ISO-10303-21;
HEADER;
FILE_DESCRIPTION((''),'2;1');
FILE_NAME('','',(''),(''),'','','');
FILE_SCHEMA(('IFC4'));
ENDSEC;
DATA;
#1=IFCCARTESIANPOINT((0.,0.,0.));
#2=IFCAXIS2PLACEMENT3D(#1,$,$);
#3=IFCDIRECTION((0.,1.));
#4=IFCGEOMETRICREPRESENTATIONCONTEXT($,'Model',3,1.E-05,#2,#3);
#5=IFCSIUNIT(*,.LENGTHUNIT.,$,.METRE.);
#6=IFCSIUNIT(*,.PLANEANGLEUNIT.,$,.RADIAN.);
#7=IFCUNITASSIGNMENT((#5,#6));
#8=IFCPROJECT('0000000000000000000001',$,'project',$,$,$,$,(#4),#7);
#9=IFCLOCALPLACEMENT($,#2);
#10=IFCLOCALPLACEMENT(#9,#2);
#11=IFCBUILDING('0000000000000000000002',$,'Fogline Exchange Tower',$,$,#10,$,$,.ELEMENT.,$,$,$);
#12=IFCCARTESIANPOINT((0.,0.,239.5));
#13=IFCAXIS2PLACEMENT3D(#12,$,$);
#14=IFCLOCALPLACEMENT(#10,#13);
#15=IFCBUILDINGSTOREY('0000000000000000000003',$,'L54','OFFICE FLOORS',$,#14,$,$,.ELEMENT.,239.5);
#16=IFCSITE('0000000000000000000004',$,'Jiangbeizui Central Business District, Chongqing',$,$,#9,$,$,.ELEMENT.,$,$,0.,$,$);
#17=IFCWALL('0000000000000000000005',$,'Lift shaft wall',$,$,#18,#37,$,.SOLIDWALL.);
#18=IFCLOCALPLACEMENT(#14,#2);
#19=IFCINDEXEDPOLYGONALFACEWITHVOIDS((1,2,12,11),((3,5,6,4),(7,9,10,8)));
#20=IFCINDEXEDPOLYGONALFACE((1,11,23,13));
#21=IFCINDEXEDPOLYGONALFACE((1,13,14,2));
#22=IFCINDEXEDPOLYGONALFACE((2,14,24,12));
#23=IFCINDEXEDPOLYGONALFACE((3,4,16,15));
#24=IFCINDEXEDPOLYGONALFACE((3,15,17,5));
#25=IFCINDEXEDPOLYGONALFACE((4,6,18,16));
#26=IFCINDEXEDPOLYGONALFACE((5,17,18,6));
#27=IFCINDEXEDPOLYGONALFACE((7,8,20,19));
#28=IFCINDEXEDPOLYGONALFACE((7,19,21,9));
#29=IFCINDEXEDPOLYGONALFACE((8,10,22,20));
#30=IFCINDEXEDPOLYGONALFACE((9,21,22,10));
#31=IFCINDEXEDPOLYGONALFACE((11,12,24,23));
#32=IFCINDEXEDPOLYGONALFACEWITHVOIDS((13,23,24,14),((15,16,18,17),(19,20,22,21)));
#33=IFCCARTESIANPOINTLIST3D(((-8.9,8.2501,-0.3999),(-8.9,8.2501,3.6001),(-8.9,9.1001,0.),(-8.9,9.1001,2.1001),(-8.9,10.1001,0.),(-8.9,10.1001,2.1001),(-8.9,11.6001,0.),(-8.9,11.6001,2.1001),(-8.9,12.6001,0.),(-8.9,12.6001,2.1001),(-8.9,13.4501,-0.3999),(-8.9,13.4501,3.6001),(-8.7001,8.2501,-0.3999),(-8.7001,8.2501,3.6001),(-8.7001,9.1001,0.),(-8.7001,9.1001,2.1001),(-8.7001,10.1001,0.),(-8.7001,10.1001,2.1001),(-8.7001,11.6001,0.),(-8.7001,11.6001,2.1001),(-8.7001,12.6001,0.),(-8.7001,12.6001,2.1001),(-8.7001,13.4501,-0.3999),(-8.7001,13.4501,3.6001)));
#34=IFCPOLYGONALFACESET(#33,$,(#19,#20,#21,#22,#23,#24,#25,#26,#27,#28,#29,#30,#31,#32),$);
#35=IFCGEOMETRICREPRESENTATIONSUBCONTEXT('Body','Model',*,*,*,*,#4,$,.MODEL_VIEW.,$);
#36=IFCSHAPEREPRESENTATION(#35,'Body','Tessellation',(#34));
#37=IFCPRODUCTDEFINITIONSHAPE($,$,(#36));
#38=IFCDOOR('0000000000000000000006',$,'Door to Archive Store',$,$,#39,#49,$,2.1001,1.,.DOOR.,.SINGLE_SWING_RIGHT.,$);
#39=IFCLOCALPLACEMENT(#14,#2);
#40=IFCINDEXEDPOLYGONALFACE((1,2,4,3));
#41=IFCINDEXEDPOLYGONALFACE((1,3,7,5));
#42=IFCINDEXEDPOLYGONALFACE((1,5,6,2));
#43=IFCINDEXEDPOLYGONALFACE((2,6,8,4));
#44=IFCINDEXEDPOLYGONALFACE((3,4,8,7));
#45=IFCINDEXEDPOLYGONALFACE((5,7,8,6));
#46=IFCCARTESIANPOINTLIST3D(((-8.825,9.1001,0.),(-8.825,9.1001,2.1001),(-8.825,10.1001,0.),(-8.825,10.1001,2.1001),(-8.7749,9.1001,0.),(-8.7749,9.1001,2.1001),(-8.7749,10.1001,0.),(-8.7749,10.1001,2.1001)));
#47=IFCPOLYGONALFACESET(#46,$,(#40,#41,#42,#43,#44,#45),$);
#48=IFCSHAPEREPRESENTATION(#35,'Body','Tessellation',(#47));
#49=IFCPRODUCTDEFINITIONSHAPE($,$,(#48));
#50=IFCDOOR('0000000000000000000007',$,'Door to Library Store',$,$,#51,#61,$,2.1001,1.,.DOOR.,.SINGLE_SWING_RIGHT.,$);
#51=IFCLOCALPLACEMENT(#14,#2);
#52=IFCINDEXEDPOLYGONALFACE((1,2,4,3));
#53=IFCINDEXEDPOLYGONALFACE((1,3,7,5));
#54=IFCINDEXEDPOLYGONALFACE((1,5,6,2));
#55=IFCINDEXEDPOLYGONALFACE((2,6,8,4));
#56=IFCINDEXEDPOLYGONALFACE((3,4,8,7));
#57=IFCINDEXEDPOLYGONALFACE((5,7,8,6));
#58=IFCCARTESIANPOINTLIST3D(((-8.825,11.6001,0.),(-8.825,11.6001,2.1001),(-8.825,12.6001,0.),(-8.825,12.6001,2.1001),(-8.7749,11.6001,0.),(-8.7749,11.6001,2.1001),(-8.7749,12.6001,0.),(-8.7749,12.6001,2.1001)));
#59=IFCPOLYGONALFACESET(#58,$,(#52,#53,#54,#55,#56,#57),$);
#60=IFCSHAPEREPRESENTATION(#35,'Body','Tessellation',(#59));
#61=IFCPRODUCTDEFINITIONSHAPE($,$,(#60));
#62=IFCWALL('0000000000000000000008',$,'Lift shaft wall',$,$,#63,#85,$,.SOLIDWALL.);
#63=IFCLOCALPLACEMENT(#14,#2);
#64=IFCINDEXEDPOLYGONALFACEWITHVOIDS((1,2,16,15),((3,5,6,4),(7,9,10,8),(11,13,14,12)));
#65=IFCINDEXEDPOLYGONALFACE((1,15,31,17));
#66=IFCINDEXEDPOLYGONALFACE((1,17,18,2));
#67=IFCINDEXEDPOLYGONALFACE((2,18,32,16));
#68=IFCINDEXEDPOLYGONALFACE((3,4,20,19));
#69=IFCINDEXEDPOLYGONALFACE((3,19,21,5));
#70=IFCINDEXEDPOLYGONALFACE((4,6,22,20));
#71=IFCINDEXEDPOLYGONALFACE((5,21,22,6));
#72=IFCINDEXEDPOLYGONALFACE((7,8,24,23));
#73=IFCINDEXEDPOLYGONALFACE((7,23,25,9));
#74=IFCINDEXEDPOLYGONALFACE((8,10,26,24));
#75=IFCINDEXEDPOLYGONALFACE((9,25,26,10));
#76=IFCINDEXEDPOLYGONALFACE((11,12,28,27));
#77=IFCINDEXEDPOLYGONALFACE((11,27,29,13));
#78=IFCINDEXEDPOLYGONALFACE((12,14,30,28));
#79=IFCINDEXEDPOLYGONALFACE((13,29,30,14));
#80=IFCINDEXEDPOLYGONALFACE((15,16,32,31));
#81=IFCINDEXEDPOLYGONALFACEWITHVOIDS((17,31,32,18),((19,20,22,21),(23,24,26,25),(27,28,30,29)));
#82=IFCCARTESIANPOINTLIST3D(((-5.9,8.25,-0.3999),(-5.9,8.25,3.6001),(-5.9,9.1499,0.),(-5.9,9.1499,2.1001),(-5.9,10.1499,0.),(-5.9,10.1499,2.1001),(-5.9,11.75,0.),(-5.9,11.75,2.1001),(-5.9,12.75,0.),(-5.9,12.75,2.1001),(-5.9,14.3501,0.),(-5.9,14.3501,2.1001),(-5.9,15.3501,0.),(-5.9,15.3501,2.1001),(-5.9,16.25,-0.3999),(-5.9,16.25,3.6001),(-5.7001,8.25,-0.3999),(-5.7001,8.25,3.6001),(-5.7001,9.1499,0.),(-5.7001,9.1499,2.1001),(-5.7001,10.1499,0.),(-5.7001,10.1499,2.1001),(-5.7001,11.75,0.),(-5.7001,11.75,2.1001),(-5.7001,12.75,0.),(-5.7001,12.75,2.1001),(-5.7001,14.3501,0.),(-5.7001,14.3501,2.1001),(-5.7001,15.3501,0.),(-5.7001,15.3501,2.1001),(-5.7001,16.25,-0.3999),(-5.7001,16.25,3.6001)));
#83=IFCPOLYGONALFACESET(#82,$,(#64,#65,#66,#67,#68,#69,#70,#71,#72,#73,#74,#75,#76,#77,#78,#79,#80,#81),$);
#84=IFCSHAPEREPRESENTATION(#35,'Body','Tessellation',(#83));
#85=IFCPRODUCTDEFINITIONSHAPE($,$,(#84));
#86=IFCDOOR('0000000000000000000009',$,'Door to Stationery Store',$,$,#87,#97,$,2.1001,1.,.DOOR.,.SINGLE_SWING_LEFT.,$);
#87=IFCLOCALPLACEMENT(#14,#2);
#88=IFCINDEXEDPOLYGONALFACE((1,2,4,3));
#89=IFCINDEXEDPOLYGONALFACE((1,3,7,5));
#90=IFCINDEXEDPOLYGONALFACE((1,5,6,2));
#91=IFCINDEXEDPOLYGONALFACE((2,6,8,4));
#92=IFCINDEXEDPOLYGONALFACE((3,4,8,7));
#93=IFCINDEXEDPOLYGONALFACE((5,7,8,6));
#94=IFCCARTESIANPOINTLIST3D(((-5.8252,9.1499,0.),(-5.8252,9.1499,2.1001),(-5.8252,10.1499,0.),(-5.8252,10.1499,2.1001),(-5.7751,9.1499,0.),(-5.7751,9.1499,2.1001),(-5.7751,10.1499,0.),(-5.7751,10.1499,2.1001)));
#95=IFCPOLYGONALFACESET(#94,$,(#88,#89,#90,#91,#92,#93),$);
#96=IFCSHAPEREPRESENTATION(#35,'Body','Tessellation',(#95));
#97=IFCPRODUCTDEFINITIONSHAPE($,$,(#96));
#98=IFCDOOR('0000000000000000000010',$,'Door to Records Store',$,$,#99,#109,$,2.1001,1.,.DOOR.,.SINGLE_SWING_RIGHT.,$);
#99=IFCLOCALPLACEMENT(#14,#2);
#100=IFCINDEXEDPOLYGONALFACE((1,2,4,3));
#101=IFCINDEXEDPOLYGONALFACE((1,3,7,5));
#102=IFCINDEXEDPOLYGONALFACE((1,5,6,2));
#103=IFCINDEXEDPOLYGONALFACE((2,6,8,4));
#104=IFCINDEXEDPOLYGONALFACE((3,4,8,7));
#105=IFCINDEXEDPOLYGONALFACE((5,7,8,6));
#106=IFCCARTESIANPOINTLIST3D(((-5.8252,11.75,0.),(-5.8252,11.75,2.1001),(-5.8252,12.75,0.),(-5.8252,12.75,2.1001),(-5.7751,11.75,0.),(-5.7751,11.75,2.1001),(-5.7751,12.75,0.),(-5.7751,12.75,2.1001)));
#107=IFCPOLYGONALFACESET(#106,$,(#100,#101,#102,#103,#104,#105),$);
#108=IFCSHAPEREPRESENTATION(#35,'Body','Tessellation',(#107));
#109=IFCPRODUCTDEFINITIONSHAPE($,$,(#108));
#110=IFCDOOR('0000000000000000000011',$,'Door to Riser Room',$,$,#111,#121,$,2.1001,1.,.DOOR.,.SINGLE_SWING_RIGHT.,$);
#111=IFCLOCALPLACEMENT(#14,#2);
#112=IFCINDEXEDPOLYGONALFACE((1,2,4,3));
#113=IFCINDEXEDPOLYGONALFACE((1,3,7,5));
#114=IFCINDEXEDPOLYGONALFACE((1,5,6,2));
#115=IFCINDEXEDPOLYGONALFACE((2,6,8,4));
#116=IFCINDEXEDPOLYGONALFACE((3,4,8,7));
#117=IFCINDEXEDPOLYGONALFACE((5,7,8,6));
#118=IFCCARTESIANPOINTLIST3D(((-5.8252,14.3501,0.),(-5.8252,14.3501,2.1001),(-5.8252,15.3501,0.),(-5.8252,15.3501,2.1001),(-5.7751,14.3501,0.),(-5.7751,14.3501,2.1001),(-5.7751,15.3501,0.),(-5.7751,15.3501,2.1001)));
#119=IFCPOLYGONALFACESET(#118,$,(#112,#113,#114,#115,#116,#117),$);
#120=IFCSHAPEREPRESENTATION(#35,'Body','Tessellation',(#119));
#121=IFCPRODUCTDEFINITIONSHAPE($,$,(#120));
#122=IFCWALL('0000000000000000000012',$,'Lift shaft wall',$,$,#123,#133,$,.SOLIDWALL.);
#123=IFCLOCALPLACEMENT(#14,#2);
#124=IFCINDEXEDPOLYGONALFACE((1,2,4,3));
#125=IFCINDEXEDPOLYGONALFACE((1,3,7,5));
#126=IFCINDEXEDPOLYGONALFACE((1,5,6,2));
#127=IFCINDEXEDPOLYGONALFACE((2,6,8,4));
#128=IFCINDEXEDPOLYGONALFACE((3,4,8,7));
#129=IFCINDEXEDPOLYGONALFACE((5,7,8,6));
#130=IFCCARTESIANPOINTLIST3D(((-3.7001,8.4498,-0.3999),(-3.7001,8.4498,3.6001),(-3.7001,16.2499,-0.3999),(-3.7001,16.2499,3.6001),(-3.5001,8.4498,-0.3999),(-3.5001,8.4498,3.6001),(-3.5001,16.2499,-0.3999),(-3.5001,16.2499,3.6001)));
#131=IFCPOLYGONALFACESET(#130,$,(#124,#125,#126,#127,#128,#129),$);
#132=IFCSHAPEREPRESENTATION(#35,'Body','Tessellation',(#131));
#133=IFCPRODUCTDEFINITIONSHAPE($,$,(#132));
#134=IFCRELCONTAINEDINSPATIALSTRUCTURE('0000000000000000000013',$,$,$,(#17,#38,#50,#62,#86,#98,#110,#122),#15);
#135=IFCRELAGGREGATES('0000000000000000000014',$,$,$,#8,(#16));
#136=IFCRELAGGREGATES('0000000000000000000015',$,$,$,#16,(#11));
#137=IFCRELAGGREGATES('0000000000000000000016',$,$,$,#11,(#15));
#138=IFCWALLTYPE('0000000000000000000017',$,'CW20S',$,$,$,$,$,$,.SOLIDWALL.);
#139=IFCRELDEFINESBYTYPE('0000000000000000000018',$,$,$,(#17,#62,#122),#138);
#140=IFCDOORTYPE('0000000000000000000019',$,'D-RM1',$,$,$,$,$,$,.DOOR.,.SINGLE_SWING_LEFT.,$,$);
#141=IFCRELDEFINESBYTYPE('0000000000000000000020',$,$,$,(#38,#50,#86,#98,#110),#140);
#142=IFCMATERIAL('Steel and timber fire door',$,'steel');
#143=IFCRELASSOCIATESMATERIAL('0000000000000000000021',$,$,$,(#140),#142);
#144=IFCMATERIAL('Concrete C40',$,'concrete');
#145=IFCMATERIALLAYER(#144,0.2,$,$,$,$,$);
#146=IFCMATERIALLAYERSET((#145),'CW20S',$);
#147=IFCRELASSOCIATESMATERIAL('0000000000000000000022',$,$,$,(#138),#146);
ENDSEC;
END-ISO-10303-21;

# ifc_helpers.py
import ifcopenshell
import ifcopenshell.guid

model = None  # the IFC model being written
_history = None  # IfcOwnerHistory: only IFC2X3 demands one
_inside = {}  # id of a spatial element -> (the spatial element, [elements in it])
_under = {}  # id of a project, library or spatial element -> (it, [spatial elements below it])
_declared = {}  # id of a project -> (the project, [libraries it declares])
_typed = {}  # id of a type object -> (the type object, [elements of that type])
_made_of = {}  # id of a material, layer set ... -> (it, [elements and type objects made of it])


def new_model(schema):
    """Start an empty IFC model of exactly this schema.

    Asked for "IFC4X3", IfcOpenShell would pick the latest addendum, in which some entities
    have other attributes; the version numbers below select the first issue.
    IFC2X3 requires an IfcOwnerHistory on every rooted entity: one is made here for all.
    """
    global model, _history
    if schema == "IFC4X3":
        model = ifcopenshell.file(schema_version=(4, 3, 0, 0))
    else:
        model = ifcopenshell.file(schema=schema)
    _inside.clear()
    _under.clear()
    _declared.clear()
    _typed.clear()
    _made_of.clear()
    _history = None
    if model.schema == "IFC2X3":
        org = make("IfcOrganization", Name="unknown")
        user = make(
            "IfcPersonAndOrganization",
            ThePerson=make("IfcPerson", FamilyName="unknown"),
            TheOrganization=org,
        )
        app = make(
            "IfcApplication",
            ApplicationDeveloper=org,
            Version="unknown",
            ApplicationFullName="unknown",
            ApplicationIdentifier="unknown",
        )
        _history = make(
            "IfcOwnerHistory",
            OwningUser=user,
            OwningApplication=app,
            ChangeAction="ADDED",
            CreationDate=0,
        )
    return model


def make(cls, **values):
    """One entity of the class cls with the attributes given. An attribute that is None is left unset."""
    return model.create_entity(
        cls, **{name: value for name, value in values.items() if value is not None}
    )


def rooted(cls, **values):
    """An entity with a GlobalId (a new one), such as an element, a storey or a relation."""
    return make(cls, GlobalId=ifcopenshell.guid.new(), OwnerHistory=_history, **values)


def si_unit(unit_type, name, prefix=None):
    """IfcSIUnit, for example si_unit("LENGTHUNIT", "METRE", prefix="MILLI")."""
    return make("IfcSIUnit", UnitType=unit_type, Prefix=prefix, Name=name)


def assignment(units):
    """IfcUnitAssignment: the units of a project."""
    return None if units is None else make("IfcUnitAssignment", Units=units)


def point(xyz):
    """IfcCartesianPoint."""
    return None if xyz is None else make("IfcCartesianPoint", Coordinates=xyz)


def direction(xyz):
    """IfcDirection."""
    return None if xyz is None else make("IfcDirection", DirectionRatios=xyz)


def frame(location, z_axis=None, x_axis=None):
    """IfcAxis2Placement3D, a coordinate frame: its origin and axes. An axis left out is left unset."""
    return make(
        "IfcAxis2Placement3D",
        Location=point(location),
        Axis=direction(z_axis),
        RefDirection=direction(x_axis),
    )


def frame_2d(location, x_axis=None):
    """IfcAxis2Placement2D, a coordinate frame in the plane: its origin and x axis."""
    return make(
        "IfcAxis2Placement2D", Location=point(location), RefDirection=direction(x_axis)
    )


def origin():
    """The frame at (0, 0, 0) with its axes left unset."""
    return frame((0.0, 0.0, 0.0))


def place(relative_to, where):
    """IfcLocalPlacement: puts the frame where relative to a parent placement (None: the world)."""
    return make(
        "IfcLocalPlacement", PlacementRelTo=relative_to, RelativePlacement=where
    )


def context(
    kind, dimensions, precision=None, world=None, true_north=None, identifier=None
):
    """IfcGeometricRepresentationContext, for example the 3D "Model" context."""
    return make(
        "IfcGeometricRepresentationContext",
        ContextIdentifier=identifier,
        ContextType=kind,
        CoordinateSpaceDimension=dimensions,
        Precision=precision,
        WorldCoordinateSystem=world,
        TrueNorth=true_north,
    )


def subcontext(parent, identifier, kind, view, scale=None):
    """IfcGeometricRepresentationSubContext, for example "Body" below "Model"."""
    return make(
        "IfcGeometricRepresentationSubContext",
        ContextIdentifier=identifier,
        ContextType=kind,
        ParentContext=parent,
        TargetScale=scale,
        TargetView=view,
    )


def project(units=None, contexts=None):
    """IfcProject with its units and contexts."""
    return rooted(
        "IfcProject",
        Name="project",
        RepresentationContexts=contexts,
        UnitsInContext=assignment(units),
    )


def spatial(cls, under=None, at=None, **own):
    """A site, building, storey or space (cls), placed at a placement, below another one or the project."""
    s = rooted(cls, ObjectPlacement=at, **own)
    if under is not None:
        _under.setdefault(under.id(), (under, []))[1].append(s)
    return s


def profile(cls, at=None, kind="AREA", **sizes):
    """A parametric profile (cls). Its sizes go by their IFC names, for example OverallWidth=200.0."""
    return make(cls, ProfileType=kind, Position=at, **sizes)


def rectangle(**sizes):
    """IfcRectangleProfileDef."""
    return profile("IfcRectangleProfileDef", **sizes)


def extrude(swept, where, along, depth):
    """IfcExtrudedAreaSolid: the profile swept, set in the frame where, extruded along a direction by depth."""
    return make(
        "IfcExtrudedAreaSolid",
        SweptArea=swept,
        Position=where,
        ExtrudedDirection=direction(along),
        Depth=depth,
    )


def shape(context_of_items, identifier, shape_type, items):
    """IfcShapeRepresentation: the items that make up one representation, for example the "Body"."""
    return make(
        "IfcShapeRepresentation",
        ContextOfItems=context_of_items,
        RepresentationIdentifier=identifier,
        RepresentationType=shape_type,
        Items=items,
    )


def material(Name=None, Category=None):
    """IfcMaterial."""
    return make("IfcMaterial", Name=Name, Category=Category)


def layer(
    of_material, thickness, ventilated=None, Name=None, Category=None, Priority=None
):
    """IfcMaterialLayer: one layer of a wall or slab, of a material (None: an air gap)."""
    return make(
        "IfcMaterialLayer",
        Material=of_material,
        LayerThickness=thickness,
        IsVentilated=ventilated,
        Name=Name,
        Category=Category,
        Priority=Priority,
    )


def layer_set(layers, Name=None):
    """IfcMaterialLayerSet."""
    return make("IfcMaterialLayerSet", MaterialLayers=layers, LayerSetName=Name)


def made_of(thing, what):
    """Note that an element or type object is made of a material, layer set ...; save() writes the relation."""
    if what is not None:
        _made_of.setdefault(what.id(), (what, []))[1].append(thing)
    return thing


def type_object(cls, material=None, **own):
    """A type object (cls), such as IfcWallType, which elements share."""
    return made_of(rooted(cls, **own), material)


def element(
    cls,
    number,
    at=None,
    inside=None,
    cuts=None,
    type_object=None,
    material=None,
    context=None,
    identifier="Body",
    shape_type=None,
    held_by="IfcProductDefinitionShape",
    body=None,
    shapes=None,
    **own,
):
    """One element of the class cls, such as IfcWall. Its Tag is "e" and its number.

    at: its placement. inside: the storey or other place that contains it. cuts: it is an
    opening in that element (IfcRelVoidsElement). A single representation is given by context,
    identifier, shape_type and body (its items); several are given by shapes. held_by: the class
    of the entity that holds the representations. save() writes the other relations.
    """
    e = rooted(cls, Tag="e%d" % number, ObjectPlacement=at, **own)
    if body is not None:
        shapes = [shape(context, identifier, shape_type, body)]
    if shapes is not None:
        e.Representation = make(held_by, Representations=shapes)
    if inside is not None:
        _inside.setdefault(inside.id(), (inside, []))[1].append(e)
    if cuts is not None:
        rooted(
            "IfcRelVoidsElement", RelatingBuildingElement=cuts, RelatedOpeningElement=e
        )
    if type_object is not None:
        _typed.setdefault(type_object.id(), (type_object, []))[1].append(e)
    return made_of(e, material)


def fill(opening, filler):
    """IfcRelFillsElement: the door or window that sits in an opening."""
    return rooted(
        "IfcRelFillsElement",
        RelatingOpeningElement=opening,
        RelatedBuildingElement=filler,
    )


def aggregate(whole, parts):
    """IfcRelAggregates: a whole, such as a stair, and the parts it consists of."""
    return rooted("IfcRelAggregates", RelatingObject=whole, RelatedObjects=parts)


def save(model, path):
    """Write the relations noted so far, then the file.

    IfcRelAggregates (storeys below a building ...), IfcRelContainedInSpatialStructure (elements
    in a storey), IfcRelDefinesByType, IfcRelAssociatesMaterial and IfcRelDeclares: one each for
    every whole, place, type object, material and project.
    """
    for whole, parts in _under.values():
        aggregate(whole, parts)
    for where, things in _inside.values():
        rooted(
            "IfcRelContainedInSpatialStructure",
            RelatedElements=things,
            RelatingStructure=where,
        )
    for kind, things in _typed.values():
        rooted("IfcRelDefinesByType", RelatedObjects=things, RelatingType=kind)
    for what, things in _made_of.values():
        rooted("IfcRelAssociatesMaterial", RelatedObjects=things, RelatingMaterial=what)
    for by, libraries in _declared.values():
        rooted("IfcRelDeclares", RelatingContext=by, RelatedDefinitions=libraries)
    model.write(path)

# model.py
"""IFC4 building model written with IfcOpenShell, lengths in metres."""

from ifc_helpers import new_model, si_unit, direction, frame, frame_2d, origin, place, context, subcontext, project, spatial, rectangle, extrude, material, layer, layer_set, type_object, element, fill, save


model = new_model("IFC4")

# Units and contexts
model_context = context("Model", 3, precision=1e-05, world=origin(), true_north=direction((0.0, 1.0)))
body_context = subcontext(model_context, "Body", "Model", "MODEL_VIEW")
ifc_project = project(units=[si_unit("LENGTHUNIT", "METRE"), si_unit("PLANEANGLEUNIT", "RADIAN")], contexts=[model_context])

# Site, building, storey
site_placement = place(None, origin())
site = spatial("IfcSite", under=ifc_project, at=site_placement, Name="Jiangbeizui Central Business District, Chongqing", CompositionType="ELEMENT", RefElevation=0.0)
building_placement = place(site_placement, origin())
building = spatial("IfcBuilding", under=site, at=building_placement, Name="Fogline Exchange Tower", CompositionType="ELEMENT")
storey_placement = place(building_placement, frame((0.0, 0.0, 239.5)))
storey = spatial("IfcBuildingStorey", under=building, at=storey_placement, Name="L54", Description="OFFICE FLOORS", CompositionType="ELEMENT", Elevation=239.5)

# Shared definitions
ifc_material_1 = material(Name="Steel and timber fire door", Category="steel")

# Shared definitions
ifc_material_2 = material(Name="Concrete C40", Category="concrete")

# Shared definitions
door_type_1 = type_object("IfcDoorType", Name="D-RM1", OperationType="SINGLE_SWING_LEFT", PredefinedType="DOOR", material=ifc_material_1)

# Walls, openings, doors
ifc_layer_1 = layer(ifc_material_2, 0.2)
ifc_layer_set_1 = layer_set([ifc_layer_1], Name="CW20S")
wall_type_1 = type_object("IfcWallType", Name="CW20S", PredefinedType="SOLIDWALL", material=ifc_layer_set_1)
wall_1_placement = place(storey_placement, frame((-8.8, 8.25, -0.3999), z_axis=(0.0, 0.0, 1.0), x_axis=(0.0, 1.0, 0.0)))
wall_1 = element("IfcWall", 1, at=wall_1_placement, inside=storey, type_object=wall_type_1, Name="Lift shaft wall", PredefinedType="SOLIDWALL", context=body_context, shape_type="SweptSolid", body=[
    extrude(rectangle(XDim=5.2, YDim=0.2, at=frame_2d((2.6001, 0.0))), origin(), (0.0, 0.0, 1.0), 4.0),
])
opening_1_placement = place(wall_1_placement, frame((0.8501, 0.0, 0.3999)))
opening_1 = element("IfcOpeningElement", 2, at=opening_1_placement, cuts=wall_1, PredefinedType="OPENING", context=body_context, shape_type="SweptSolid", body=[
    extrude(rectangle(XDim=1.0, YDim=2.1001, at=frame_2d((0.5, 1.05))), frame((0.0, 0.1099, 0.0), z_axis=(0.0, -1.0, 0.0), x_axis=(1.0, 0.0, 0.0)), (0.0, 0.0, 1.0), 0.22),
])
opening_2_placement = place(wall_1_placement, frame((3.3501, 0.0, 0.3999)))
opening_2 = element("IfcOpeningElement", 3, at=opening_2_placement, cuts=wall_1, PredefinedType="OPENING", context=body_context, shape_type="SweptSolid", body=[
    extrude(rectangle(XDim=1.0, YDim=2.1001, at=frame_2d((0.5, 1.05))), frame((0.0, 0.1099, 0.0), z_axis=(0.0, -1.0, 0.0), x_axis=(1.0, 0.0, 0.0)), (0.0, 0.0, 1.0), 0.22),
])
door_1_placement = place(opening_1_placement, origin())
door_1 = element("IfcDoor", 4, at=door_1_placement, inside=storey, type_object=door_type_1, Name="Door to Archive Store", OperationType="SINGLE_SWING_RIGHT", OverallHeight=2.1001, OverallWidth=1.0, PredefinedType="DOOR", context=body_context, shape_type="SweptSolid", body=[
    extrude(rectangle(XDim=1.0, YDim=2.1001, at=frame_2d((0.5, 1.05))), frame((0.0, 0.0249, 0.0), z_axis=(0.0, -1.0, 0.0), x_axis=(1.0, 0.0, 0.0)), (0.0, 0.0, 1.0), 0.05),
])
fill(opening_1, door_1)
door_2_placement = place(opening_2_placement, origin())
door_2 = element("IfcDoor", 5, at=door_2_placement, inside=storey, type_object=door_type_1, Name="Door to Library Store", OperationType="SINGLE_SWING_RIGHT", OverallHeight=2.1001, OverallWidth=1.0, PredefinedType="DOOR", context=body_context, shape_type="SweptSolid", body=[
    extrude(rectangle(XDim=1.0, YDim=2.1001, at=frame_2d((0.5, 1.05))), frame((0.0, 0.0249, 0.0), z_axis=(0.0, -1.0, 0.0), x_axis=(1.0, 0.0, 0.0)), (0.0, 0.0, 1.0), 0.05),
])
fill(opening_2, door_2)
wall_2_placement = place(storey_placement, frame((-5.8, 8.25, -0.3999), z_axis=(0.0, 0.0, 1.0), x_axis=(0.0, 1.0, 0.0)))
wall_2 = element("IfcWall", 6, at=wall_2_placement, inside=storey, type_object=wall_type_1, Name="Lift shaft wall", PredefinedType="SOLIDWALL", context=body_context, shape_type="SweptSolid", body=[
    extrude(rectangle(XDim=8.0, YDim=0.2, at=frame_2d((4.0, 0.0))), origin(), (0.0, 0.0, 1.0), 4.0),
])
opening_3_placement = place(wall_2_placement, frame((0.8999, 0.0, 0.3999)))
opening_3 = element("IfcOpeningElement", 7, at=opening_3_placement, cuts=wall_2, PredefinedType="OPENING", context=body_context, shape_type="SweptSolid", body=[
    extrude(rectangle(XDim=1.0, YDim=2.1001, at=frame_2d((0.5, 1.05))), frame((0.0, 0.1099, 0.0), z_axis=(0.0, -1.0, 0.0), x_axis=(1.0, 0.0, 0.0)), (0.0, 0.0, 1.0), 0.22),
])
opening_4_placement = place(wall_2_placement, frame((3.5, 0.0, 0.3999)))
opening_4 = element("IfcOpeningElement", 8, at=opening_4_placement, cuts=wall_2, PredefinedType="OPENING", context=body_context, shape_type="SweptSolid", body=[
    extrude(rectangle(XDim=1.0, YDim=2.1001, at=frame_2d((0.5, 1.05))), frame((0.0, 0.1099, 0.0), z_axis=(0.0, -1.0, 0.0), x_axis=(1.0, 0.0, 0.0)), (0.0, 0.0, 1.0), 0.22),
])
opening_5_placement = place(wall_2_placement, frame((6.1001, 0.0, 0.3999)))
opening_5 = element("IfcOpeningElement", 9, at=opening_5_placement, cuts=wall_2, PredefinedType="OPENING", context=body_context, shape_type="SweptSolid", body=[
    extrude(rectangle(XDim=1.0, YDim=2.1001, at=frame_2d((0.5, 1.05))), frame((0.0, 0.1099, 0.0), z_axis=(0.0, -1.0, 0.0), x_axis=(1.0, 0.0, 0.0)), (0.0, 0.0, 1.0), 0.22),
])
door_3_placement = place(opening_3_placement, frame((1.0, 0.0, 0.0), z_axis=(0.0, 0.0, 1.0), x_axis=(-1.0, 0.0, 0.0)))
door_3 = element("IfcDoor", 10, at=door_3_placement, inside=storey, type_object=door_type_1, Name="Door to Stationery Store", OperationType="SINGLE_SWING_LEFT", OverallHeight=2.1001, OverallWidth=1.0, PredefinedType="DOOR", context=body_context, shape_type="SweptSolid", body=[
    extrude(rectangle(XDim=1.0, YDim=2.1001, at=frame_2d((0.5, 1.05))), frame((0.0, 0.0249, 0.0), z_axis=(0.0, -1.0, 0.0), x_axis=(1.0, 0.0, 0.0)), (0.0, 0.0, 1.0), 0.05),
])
fill(opening_3, door_3)
door_4_placement = place(opening_4_placement, frame((1.0, 0.0, 0.0), z_axis=(0.0, 0.0, 1.0), x_axis=(-1.0, 0.0, 0.0)))
door_4 = element("IfcDoor", 11, at=door_4_placement, inside=storey, type_object=door_type_1, Name="Door to Records Store", OperationType="SINGLE_SWING_RIGHT", OverallHeight=2.1001, OverallWidth=1.0, PredefinedType="DOOR", context=body_context, shape_type="SweptSolid", body=[
    extrude(rectangle(XDim=1.0, YDim=2.1001, at=frame_2d((0.5, 1.05))), frame((0.0, 0.0249, 0.0), z_axis=(0.0, -1.0, 0.0), x_axis=(1.0, 0.0, 0.0)), (0.0, 0.0, 1.0), 0.05),
])
fill(opening_4, door_4)
door_5_placement = place(opening_5_placement, frame((1.0, 0.0, 0.0), z_axis=(0.0, 0.0, 1.0), x_axis=(-1.0, 0.0, 0.0)))
door_5 = element("IfcDoor", 12, at=door_5_placement, inside=storey, type_object=door_type_1, Name="Door to Riser Room", OperationType="SINGLE_SWING_RIGHT", OverallHeight=2.1001, OverallWidth=1.0, PredefinedType="DOOR", context=body_context, shape_type="SweptSolid", body=[
    extrude(rectangle(XDim=1.0, YDim=2.1001, at=frame_2d((0.5, 1.05))), frame((0.0, 0.0249, 0.0), z_axis=(0.0, -1.0, 0.0), x_axis=(1.0, 0.0, 0.0)), (0.0, 0.0, 1.0), 0.05),
])
fill(opening_5, door_5)

# Wall
wall_3_placement = place(storey_placement, frame((-3.6001, 8.45, -0.3999), z_axis=(0.0, 0.0, 1.0), x_axis=(0.0, 1.0, 0.0)))
element("IfcWall", 13, at=wall_3_placement, inside=storey, type_object=wall_type_1, Name="Lift shaft wall", PredefinedType="SOLIDWALL", context=body_context, shape_type="SweptSolid", body=[
    extrude(rectangle(XDim=7.8, YDim=0.2, at=frame_2d((3.8999, 0.0))), origin(), (0.0, 0.0, 1.0), 4.0),
])

save(model, "model.ifc")
